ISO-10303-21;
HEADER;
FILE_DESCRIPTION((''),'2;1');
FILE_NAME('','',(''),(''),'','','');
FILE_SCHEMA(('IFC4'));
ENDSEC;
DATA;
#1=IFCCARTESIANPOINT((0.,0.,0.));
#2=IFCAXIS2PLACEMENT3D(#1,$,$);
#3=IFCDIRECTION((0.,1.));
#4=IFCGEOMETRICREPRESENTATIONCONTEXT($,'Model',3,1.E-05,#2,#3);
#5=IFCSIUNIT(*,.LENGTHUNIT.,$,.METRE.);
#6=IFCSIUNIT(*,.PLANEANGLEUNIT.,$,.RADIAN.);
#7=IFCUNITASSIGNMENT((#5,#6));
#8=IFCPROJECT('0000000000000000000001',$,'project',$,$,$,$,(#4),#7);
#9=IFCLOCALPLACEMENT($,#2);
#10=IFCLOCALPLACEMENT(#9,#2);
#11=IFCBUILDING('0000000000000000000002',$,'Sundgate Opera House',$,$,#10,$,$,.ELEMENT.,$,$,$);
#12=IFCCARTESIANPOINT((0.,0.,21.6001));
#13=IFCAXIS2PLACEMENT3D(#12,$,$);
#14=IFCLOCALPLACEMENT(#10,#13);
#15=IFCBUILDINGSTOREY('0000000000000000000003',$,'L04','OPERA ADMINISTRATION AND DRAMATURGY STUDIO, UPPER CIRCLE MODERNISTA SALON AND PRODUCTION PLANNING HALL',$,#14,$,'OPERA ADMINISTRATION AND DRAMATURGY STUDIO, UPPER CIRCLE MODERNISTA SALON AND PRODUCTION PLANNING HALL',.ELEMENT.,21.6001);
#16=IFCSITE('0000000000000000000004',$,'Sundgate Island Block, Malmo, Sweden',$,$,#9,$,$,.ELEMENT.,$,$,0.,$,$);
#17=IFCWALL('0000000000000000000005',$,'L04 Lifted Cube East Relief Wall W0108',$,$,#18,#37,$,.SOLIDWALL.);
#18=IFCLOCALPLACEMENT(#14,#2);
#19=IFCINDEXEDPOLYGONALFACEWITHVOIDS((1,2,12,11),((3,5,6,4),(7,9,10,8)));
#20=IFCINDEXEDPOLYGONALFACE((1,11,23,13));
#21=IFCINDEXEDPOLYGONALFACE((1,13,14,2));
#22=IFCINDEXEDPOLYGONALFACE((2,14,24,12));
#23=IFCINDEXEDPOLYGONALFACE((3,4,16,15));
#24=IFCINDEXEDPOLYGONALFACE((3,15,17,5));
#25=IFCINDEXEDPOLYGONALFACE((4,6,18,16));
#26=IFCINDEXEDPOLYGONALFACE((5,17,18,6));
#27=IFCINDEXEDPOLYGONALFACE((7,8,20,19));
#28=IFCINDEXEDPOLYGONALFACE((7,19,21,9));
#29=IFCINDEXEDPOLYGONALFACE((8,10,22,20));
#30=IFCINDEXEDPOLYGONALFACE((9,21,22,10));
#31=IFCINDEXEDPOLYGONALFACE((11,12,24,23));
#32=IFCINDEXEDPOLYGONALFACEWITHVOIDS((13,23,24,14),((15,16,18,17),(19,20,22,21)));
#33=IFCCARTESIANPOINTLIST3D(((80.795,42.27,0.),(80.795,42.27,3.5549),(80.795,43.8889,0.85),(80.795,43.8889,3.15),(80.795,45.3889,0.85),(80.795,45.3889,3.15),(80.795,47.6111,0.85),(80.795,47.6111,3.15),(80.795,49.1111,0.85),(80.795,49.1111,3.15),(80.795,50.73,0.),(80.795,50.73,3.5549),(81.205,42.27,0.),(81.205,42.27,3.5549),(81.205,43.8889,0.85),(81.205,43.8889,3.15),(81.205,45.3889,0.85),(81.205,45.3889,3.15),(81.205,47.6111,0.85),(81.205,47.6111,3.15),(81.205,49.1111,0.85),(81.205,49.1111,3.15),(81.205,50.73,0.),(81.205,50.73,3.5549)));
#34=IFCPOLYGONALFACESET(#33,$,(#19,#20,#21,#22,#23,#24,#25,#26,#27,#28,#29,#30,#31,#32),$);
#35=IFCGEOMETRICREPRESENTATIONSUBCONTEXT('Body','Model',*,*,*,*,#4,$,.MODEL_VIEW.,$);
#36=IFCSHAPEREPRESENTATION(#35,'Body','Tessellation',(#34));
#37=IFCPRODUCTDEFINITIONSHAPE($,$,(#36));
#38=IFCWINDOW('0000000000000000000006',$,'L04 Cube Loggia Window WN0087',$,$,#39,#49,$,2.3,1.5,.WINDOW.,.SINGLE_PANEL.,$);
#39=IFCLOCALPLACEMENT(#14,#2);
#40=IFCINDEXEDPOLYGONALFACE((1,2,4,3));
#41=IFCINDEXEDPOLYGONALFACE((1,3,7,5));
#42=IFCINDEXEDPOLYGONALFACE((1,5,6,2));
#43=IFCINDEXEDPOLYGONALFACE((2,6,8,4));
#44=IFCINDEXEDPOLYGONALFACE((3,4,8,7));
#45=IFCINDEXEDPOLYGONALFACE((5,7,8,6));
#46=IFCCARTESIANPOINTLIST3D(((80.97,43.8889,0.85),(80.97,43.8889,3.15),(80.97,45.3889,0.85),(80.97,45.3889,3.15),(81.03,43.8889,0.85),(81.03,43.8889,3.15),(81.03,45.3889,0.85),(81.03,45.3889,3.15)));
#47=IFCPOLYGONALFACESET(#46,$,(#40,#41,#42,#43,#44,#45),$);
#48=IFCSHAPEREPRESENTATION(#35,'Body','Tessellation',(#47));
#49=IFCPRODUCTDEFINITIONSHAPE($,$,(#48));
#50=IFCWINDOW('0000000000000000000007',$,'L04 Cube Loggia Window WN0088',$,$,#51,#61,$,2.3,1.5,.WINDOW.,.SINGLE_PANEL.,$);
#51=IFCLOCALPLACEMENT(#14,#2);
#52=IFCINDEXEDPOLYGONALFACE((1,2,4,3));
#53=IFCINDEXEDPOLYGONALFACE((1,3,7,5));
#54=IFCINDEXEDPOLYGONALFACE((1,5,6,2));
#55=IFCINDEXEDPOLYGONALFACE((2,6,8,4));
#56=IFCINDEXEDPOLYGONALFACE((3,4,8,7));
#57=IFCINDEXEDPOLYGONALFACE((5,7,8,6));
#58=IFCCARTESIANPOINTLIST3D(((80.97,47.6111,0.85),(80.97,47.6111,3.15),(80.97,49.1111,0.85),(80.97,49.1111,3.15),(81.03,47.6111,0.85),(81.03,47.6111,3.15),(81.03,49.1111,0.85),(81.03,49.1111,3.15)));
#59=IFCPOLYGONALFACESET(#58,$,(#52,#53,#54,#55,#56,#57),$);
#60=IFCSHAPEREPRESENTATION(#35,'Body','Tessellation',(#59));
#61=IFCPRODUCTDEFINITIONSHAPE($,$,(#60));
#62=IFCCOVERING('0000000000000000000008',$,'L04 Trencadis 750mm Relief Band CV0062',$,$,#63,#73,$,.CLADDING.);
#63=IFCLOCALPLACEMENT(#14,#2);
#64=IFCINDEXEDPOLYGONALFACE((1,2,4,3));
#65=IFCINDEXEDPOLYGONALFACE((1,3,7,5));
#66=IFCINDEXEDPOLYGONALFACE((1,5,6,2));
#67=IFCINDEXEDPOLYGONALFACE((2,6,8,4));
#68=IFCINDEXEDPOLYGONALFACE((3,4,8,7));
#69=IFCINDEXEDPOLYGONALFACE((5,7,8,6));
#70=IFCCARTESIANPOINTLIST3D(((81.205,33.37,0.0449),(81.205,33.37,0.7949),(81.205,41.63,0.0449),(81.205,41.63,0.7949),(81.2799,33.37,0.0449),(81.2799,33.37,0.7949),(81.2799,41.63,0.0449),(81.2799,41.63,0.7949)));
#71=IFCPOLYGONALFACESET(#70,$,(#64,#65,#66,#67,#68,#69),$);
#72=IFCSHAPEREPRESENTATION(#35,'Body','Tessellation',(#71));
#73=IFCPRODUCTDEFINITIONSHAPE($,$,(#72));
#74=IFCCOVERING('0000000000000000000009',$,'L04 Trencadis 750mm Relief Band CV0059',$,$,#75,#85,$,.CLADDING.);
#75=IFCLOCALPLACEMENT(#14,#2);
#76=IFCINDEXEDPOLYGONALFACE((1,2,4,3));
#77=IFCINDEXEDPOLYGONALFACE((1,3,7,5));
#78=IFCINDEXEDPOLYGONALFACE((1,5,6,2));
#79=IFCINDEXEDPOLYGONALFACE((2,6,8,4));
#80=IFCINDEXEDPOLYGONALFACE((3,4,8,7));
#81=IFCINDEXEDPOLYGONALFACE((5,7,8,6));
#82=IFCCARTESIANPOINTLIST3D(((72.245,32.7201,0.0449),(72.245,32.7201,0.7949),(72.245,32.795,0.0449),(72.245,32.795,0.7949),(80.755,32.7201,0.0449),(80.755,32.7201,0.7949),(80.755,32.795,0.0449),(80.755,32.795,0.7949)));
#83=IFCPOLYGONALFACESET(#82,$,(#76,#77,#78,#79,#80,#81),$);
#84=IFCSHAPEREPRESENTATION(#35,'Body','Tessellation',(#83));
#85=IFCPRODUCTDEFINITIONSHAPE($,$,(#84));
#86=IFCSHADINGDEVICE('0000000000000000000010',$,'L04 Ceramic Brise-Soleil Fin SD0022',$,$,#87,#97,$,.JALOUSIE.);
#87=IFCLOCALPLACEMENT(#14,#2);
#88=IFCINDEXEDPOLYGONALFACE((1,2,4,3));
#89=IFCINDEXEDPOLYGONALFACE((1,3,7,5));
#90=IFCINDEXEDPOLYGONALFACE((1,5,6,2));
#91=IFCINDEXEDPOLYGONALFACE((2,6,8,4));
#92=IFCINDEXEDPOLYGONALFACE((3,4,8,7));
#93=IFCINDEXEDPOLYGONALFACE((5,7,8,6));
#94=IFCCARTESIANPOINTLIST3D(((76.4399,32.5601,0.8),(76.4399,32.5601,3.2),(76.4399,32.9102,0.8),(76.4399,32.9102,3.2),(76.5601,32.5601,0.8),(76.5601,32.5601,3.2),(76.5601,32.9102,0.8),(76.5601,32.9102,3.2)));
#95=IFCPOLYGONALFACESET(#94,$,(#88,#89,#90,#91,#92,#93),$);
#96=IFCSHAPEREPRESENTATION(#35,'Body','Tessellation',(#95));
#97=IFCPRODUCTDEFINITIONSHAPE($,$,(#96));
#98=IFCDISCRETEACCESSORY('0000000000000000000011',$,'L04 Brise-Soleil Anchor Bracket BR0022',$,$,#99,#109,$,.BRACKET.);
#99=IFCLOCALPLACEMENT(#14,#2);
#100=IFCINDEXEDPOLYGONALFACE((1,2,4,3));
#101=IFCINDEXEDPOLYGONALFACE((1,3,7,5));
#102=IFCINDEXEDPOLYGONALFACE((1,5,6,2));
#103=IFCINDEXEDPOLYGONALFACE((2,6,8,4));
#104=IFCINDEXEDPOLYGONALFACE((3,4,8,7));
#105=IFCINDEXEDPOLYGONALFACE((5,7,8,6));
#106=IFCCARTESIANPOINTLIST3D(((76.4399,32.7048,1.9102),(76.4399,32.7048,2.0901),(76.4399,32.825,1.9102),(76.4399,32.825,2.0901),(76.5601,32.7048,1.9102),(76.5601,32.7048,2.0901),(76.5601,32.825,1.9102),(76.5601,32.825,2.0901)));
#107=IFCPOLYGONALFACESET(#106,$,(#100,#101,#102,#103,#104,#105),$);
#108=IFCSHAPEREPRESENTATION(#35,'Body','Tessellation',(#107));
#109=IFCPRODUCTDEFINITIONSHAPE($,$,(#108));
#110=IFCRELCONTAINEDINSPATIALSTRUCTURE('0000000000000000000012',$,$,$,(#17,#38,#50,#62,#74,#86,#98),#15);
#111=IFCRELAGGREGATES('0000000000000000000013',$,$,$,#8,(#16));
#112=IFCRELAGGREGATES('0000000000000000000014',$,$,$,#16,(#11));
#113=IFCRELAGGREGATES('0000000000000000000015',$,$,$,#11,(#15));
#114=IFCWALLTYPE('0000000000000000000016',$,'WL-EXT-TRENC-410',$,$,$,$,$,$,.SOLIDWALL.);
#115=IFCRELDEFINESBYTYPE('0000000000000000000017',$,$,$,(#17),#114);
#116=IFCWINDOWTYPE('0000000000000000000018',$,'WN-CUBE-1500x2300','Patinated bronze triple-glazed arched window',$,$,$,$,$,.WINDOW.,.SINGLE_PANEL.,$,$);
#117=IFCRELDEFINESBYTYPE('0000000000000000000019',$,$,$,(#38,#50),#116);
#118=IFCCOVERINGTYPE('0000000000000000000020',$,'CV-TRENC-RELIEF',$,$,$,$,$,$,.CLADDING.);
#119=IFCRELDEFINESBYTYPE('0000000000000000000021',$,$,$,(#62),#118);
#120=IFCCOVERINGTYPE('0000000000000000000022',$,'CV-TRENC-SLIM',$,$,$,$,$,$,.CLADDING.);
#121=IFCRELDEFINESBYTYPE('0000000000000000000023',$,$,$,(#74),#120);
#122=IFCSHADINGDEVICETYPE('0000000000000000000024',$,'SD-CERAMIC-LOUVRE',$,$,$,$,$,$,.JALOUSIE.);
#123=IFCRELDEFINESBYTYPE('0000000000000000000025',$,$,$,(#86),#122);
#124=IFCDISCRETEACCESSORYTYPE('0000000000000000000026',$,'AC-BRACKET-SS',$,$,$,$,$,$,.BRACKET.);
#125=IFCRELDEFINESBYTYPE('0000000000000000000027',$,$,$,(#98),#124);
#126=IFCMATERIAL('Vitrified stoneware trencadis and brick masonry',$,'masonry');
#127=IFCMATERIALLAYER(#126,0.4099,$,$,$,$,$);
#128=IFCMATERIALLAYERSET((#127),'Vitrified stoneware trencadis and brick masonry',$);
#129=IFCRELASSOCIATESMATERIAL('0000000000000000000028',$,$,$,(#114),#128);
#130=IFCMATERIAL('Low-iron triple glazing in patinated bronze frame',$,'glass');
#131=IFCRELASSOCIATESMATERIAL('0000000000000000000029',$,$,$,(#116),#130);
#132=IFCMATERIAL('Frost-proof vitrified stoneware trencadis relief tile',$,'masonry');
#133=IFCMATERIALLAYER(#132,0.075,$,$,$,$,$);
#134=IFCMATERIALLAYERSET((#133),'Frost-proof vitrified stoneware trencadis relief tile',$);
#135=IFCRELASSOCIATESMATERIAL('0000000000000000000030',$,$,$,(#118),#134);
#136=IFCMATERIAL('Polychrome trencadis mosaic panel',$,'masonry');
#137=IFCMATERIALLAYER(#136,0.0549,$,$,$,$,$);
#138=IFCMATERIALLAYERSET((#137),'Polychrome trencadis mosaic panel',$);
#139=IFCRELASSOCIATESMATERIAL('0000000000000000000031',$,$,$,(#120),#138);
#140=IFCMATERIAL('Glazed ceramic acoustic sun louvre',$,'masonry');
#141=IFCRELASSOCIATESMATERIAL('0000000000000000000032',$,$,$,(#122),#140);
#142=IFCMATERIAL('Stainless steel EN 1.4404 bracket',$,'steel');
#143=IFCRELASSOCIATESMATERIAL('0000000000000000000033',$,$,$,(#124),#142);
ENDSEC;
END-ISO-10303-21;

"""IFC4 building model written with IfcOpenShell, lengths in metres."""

from ifc_helpers import new_model, si_unit, direction, frame, frame_2d, origin, origin_2d, place, context, subcontext, project, spatial, rectangle, extrude, material, layer, layer_set, type_object, element, fill, save


model = new_model("IFC4")

# Units and contexts
model_context = context("Model", 3, precision=1e-05, world=origin(), true_north=direction((0.0, 1.0)))
body_context = subcontext(model_context, "Body", "Model", "MODEL_VIEW")
ifc_project = project(units=[si_unit("LENGTHUNIT", "METRE"), si_unit("PLANEANGLEUNIT", "RADIAN")], contexts=[model_context])

# Site, building, storey
site_placement = place(None, origin())
site = spatial("IfcSite", under=ifc_project, at=site_placement, Name="Sundgate Island Block, Malmo, Sweden", CompositionType="ELEMENT", RefElevation=0.0)
building_placement = place(site_placement, origin())
building = spatial("IfcBuilding", under=site, at=building_placement, Name="Sundgate Opera House", CompositionType="ELEMENT")
storey_placement = place(building_placement, frame((0.0, 0.0, 21.6001)))
storey = spatial("IfcBuildingStorey", under=building, at=storey_placement, Name="L04", Description="OPERA ADMINISTRATION AND DRAMATURGY STUDIO, UPPER CIRCLE MODERNISTA SALON AND PRODUCTION PLANNING HALL", LongName="OPERA ADMINISTRATION AND DRAMATURGY STUDIO, UPPER CIRCLE MODERNISTA SALON AND PRODUCTION PLANNING HALL", CompositionType="ELEMENT", Elevation=21.6001)

# Wall, openings, windows
ifc_material_1 = material(Name="Vitrified stoneware trencadis and brick masonry", Category="masonry")
ifc_layer_1 = layer(ifc_material_1, 0.4099)
ifc_layer_set_1 = layer_set([ifc_layer_1], Name="Vitrified stoneware trencadis and brick masonry")
wall_type = type_object("IfcWallType", Name="WL-EXT-TRENC-410", PredefinedType="SOLIDWALL", material=ifc_layer_set_1)
ifc_material_2 = material(Name="Low-iron triple glazing in patinated bronze frame", Category="glass")
window_type = type_object("IfcWindowType", Name="WN-CUBE-1500x2300", Description="Patinated bronze triple-glazed arched window", PartitioningType="SINGLE_PANEL", PredefinedType="WINDOW", material=ifc_material_2)
wall_1_placement = place(storey_placement, frame((81.0, 42.27, 0.0), z_axis=(0.0, 0.0, 1.0), x_axis=(0.0, 1.0, 0.0)))
wall_1 = element("IfcWall", 1, at=wall_1_placement, inside=storey, type_object=wall_type, Name="L04 Lifted Cube East Relief Wall W0108", PredefinedType="SOLIDWALL", context=body_context, shape_type="SweptSolid", body=[
    extrude(rectangle(XDim=8.46, YDim=0.4099, at=frame_2d((4.23, 0.0))), origin(), (0.0, 0.0, 1.0), 3.5549),
])
opening_1_placement = place(wall_1_placement, frame((1.6189, 0.0, 0.8501)))
opening_1 = element("IfcOpeningElement", 2, at=opening_1_placement, cuts=wall_1, PredefinedType="OPENING", context=body_context, shape_type="SweptSolid", body=[
    extrude(rectangle(XDim=1.5, YDim=2.3, at=frame_2d((0.75, 1.1499))), frame((0.0, 0.2148, 0.0), z_axis=(0.0, -1.0, 0.0), x_axis=(1.0, 0.0, 0.0)), (0.0, 0.0, 1.0), 0.4299),
])
opening_2_placement = place(wall_1_placement, frame((5.3411, 0.0, 0.8501)))
opening_2 = element("IfcOpeningElement", 3, at=opening_2_placement, cuts=wall_1, PredefinedType="OPENING", context=body_context, shape_type="SweptSolid", body=[
    extrude(rectangle(XDim=1.5, YDim=2.3, at=frame_2d((0.75, 1.1499))), frame((0.0, 0.2148, 0.0), z_axis=(0.0, -1.0, 0.0), x_axis=(1.0, 0.0, 0.0)), (0.0, 0.0, 1.0), 0.4299),
])
window_1_placement = place(opening_1_placement, origin())
window_1 = element("IfcWindow", 4, at=window_1_placement, inside=storey, type_object=window_type, Name="L04 Cube Loggia Window WN0087", OverallHeight=2.3, OverallWidth=1.5, PartitioningType="SINGLE_PANEL", PredefinedType="WINDOW", context=body_context, shape_type="SweptSolid", body=[
    extrude(rectangle(XDim=1.5, YDim=2.3, at=frame_2d((0.75, 1.1499))), frame((0.0, 0.03, 0.0), z_axis=(0.0, -1.0, 0.0), x_axis=(1.0, 0.0, 0.0)), (0.0, 0.0, 1.0), 0.0601),
])
fill(opening_1, window_1)
window_2_placement = place(opening_2_placement, origin())
window_2 = element("IfcWindow", 5, at=window_2_placement, inside=storey, type_object=window_type, Name="L04 Cube Loggia Window WN0088", OverallHeight=2.3, OverallWidth=1.5, PartitioningType="SINGLE_PANEL", PredefinedType="WINDOW", context=body_context, shape_type="SweptSolid", body=[
    extrude(rectangle(XDim=1.5, YDim=2.3, at=frame_2d((0.75, 1.1499))), frame((0.0, 0.03, 0.0), z_axis=(0.0, -1.0, 0.0), x_axis=(1.0, 0.0, 0.0)), (0.0, 0.0, 1.0), 0.0601),
])
fill(opening_2, window_2)

# Coverings
ifc_material_3 = material(Name="Frost-proof vitrified stoneware trencadis relief tile", Category="masonry")
ifc_layer_2 = layer(ifc_material_3, 0.075)
ifc_layer_set_2 = layer_set([ifc_layer_2], Name="Frost-proof vitrified stoneware trencadis relief tile")
covering_type_1 = type_object("IfcCoveringType", Name="CV-TRENC-RELIEF", PredefinedType="CLADDING", material=ifc_layer_set_2)
covering_1_placement = place(storey_placement, frame((81.2424, 37.5, 0.0449), z_axis=(0.0, 0.0, 1.0), x_axis=(0.0, 1.0, 0.0)))
element("IfcCovering", 6, at=covering_1_placement, inside=storey, type_object=covering_type_1, Name="L04 Trencadis 750mm Relief Band CV0062", PredefinedType="CLADDING", context=body_context, shape_type="SweptSolid", body=[
    extrude(rectangle(XDim=8.26, YDim=0.075, at=origin_2d()), origin(), (0.0, 0.0, 1.0), 0.75),
])
ifc_material_4 = material(Name="Polychrome trencadis mosaic panel", Category="masonry")
ifc_layer_3 = layer(ifc_material_4, 0.0549)
ifc_layer_set_3 = layer_set([ifc_layer_3], Name="Polychrome trencadis mosaic panel")
covering_type_2 = type_object("IfcCoveringType", Name="CV-TRENC-SLIM", PredefinedType="CLADDING", material=ifc_layer_set_3)
covering_2_placement = place(storey_placement, frame((76.5, 32.7576, 0.0449), z_axis=(0.0, 0.0, 1.0), x_axis=(1.0, 0.0, 0.0)))
element("IfcCovering", 7, at=covering_2_placement, inside=storey, type_object=covering_type_2, Name="L04 Trencadis 750mm Relief Band CV0059", PredefinedType="CLADDING", context=body_context, shape_type="SweptSolid", body=[
    extrude(rectangle(XDim=8.51, YDim=0.075, at=origin_2d()), origin(), (0.0, 0.0, 1.0), 0.75),
])

# Shading device
ifc_material_5 = material(Name="Glazed ceramic acoustic sun louvre", Category="masonry")
shading_device_type = type_object("IfcShadingDeviceType", Name="SD-CERAMIC-LOUVRE", PredefinedType="JALOUSIE", material=ifc_material_5)
shading_device_placement = place(storey_placement, frame((76.5, 32.7351, 0.8), z_axis=(0.0, 0.0, 1.0), x_axis=(1.0, 0.0, 0.0)))
element("IfcShadingDevice", 8, at=shading_device_placement, inside=storey, type_object=shading_device_type, Name="L04 Ceramic Brise-Soleil Fin SD0022", PredefinedType="JALOUSIE", context=body_context, shape_type="SweptSolid", body=[
    extrude(rectangle(XDim=0.1201, YDim=0.3501, at=origin_2d()), origin(), (0.0, 0.0, 1.0), 2.3999),
])

# Discrete accessory
ifc_material_6 = material(Name="Stainless steel EN 1.4404 bracket", Category="steel")
discrete_accessory_type = type_object("IfcDiscreteAccessoryType", Name="AC-BRACKET-SS", PredefinedType="BRACKET", material=ifc_material_6)
discrete_accessory_placement = place(storey_placement, frame((76.5, 32.7649, 1.9102), z_axis=(0.0, 0.0, 1.0), x_axis=(1.0, 0.0, 0.0)))
element("IfcDiscreteAccessory", 9, at=discrete_accessory_placement, inside=storey, type_object=discrete_accessory_type, Name="L04 Brise-Soleil Anchor Bracket BR0022", PredefinedType="BRACKET", context=body_context, shape_type="SweptSolid", body=[
    extrude(rectangle(XDim=0.1201, YDim=0.1201, at=origin_2d()), origin(), (0.0, 0.0, 1.0), 0.1799),
])

save(model, "model.ifc")
